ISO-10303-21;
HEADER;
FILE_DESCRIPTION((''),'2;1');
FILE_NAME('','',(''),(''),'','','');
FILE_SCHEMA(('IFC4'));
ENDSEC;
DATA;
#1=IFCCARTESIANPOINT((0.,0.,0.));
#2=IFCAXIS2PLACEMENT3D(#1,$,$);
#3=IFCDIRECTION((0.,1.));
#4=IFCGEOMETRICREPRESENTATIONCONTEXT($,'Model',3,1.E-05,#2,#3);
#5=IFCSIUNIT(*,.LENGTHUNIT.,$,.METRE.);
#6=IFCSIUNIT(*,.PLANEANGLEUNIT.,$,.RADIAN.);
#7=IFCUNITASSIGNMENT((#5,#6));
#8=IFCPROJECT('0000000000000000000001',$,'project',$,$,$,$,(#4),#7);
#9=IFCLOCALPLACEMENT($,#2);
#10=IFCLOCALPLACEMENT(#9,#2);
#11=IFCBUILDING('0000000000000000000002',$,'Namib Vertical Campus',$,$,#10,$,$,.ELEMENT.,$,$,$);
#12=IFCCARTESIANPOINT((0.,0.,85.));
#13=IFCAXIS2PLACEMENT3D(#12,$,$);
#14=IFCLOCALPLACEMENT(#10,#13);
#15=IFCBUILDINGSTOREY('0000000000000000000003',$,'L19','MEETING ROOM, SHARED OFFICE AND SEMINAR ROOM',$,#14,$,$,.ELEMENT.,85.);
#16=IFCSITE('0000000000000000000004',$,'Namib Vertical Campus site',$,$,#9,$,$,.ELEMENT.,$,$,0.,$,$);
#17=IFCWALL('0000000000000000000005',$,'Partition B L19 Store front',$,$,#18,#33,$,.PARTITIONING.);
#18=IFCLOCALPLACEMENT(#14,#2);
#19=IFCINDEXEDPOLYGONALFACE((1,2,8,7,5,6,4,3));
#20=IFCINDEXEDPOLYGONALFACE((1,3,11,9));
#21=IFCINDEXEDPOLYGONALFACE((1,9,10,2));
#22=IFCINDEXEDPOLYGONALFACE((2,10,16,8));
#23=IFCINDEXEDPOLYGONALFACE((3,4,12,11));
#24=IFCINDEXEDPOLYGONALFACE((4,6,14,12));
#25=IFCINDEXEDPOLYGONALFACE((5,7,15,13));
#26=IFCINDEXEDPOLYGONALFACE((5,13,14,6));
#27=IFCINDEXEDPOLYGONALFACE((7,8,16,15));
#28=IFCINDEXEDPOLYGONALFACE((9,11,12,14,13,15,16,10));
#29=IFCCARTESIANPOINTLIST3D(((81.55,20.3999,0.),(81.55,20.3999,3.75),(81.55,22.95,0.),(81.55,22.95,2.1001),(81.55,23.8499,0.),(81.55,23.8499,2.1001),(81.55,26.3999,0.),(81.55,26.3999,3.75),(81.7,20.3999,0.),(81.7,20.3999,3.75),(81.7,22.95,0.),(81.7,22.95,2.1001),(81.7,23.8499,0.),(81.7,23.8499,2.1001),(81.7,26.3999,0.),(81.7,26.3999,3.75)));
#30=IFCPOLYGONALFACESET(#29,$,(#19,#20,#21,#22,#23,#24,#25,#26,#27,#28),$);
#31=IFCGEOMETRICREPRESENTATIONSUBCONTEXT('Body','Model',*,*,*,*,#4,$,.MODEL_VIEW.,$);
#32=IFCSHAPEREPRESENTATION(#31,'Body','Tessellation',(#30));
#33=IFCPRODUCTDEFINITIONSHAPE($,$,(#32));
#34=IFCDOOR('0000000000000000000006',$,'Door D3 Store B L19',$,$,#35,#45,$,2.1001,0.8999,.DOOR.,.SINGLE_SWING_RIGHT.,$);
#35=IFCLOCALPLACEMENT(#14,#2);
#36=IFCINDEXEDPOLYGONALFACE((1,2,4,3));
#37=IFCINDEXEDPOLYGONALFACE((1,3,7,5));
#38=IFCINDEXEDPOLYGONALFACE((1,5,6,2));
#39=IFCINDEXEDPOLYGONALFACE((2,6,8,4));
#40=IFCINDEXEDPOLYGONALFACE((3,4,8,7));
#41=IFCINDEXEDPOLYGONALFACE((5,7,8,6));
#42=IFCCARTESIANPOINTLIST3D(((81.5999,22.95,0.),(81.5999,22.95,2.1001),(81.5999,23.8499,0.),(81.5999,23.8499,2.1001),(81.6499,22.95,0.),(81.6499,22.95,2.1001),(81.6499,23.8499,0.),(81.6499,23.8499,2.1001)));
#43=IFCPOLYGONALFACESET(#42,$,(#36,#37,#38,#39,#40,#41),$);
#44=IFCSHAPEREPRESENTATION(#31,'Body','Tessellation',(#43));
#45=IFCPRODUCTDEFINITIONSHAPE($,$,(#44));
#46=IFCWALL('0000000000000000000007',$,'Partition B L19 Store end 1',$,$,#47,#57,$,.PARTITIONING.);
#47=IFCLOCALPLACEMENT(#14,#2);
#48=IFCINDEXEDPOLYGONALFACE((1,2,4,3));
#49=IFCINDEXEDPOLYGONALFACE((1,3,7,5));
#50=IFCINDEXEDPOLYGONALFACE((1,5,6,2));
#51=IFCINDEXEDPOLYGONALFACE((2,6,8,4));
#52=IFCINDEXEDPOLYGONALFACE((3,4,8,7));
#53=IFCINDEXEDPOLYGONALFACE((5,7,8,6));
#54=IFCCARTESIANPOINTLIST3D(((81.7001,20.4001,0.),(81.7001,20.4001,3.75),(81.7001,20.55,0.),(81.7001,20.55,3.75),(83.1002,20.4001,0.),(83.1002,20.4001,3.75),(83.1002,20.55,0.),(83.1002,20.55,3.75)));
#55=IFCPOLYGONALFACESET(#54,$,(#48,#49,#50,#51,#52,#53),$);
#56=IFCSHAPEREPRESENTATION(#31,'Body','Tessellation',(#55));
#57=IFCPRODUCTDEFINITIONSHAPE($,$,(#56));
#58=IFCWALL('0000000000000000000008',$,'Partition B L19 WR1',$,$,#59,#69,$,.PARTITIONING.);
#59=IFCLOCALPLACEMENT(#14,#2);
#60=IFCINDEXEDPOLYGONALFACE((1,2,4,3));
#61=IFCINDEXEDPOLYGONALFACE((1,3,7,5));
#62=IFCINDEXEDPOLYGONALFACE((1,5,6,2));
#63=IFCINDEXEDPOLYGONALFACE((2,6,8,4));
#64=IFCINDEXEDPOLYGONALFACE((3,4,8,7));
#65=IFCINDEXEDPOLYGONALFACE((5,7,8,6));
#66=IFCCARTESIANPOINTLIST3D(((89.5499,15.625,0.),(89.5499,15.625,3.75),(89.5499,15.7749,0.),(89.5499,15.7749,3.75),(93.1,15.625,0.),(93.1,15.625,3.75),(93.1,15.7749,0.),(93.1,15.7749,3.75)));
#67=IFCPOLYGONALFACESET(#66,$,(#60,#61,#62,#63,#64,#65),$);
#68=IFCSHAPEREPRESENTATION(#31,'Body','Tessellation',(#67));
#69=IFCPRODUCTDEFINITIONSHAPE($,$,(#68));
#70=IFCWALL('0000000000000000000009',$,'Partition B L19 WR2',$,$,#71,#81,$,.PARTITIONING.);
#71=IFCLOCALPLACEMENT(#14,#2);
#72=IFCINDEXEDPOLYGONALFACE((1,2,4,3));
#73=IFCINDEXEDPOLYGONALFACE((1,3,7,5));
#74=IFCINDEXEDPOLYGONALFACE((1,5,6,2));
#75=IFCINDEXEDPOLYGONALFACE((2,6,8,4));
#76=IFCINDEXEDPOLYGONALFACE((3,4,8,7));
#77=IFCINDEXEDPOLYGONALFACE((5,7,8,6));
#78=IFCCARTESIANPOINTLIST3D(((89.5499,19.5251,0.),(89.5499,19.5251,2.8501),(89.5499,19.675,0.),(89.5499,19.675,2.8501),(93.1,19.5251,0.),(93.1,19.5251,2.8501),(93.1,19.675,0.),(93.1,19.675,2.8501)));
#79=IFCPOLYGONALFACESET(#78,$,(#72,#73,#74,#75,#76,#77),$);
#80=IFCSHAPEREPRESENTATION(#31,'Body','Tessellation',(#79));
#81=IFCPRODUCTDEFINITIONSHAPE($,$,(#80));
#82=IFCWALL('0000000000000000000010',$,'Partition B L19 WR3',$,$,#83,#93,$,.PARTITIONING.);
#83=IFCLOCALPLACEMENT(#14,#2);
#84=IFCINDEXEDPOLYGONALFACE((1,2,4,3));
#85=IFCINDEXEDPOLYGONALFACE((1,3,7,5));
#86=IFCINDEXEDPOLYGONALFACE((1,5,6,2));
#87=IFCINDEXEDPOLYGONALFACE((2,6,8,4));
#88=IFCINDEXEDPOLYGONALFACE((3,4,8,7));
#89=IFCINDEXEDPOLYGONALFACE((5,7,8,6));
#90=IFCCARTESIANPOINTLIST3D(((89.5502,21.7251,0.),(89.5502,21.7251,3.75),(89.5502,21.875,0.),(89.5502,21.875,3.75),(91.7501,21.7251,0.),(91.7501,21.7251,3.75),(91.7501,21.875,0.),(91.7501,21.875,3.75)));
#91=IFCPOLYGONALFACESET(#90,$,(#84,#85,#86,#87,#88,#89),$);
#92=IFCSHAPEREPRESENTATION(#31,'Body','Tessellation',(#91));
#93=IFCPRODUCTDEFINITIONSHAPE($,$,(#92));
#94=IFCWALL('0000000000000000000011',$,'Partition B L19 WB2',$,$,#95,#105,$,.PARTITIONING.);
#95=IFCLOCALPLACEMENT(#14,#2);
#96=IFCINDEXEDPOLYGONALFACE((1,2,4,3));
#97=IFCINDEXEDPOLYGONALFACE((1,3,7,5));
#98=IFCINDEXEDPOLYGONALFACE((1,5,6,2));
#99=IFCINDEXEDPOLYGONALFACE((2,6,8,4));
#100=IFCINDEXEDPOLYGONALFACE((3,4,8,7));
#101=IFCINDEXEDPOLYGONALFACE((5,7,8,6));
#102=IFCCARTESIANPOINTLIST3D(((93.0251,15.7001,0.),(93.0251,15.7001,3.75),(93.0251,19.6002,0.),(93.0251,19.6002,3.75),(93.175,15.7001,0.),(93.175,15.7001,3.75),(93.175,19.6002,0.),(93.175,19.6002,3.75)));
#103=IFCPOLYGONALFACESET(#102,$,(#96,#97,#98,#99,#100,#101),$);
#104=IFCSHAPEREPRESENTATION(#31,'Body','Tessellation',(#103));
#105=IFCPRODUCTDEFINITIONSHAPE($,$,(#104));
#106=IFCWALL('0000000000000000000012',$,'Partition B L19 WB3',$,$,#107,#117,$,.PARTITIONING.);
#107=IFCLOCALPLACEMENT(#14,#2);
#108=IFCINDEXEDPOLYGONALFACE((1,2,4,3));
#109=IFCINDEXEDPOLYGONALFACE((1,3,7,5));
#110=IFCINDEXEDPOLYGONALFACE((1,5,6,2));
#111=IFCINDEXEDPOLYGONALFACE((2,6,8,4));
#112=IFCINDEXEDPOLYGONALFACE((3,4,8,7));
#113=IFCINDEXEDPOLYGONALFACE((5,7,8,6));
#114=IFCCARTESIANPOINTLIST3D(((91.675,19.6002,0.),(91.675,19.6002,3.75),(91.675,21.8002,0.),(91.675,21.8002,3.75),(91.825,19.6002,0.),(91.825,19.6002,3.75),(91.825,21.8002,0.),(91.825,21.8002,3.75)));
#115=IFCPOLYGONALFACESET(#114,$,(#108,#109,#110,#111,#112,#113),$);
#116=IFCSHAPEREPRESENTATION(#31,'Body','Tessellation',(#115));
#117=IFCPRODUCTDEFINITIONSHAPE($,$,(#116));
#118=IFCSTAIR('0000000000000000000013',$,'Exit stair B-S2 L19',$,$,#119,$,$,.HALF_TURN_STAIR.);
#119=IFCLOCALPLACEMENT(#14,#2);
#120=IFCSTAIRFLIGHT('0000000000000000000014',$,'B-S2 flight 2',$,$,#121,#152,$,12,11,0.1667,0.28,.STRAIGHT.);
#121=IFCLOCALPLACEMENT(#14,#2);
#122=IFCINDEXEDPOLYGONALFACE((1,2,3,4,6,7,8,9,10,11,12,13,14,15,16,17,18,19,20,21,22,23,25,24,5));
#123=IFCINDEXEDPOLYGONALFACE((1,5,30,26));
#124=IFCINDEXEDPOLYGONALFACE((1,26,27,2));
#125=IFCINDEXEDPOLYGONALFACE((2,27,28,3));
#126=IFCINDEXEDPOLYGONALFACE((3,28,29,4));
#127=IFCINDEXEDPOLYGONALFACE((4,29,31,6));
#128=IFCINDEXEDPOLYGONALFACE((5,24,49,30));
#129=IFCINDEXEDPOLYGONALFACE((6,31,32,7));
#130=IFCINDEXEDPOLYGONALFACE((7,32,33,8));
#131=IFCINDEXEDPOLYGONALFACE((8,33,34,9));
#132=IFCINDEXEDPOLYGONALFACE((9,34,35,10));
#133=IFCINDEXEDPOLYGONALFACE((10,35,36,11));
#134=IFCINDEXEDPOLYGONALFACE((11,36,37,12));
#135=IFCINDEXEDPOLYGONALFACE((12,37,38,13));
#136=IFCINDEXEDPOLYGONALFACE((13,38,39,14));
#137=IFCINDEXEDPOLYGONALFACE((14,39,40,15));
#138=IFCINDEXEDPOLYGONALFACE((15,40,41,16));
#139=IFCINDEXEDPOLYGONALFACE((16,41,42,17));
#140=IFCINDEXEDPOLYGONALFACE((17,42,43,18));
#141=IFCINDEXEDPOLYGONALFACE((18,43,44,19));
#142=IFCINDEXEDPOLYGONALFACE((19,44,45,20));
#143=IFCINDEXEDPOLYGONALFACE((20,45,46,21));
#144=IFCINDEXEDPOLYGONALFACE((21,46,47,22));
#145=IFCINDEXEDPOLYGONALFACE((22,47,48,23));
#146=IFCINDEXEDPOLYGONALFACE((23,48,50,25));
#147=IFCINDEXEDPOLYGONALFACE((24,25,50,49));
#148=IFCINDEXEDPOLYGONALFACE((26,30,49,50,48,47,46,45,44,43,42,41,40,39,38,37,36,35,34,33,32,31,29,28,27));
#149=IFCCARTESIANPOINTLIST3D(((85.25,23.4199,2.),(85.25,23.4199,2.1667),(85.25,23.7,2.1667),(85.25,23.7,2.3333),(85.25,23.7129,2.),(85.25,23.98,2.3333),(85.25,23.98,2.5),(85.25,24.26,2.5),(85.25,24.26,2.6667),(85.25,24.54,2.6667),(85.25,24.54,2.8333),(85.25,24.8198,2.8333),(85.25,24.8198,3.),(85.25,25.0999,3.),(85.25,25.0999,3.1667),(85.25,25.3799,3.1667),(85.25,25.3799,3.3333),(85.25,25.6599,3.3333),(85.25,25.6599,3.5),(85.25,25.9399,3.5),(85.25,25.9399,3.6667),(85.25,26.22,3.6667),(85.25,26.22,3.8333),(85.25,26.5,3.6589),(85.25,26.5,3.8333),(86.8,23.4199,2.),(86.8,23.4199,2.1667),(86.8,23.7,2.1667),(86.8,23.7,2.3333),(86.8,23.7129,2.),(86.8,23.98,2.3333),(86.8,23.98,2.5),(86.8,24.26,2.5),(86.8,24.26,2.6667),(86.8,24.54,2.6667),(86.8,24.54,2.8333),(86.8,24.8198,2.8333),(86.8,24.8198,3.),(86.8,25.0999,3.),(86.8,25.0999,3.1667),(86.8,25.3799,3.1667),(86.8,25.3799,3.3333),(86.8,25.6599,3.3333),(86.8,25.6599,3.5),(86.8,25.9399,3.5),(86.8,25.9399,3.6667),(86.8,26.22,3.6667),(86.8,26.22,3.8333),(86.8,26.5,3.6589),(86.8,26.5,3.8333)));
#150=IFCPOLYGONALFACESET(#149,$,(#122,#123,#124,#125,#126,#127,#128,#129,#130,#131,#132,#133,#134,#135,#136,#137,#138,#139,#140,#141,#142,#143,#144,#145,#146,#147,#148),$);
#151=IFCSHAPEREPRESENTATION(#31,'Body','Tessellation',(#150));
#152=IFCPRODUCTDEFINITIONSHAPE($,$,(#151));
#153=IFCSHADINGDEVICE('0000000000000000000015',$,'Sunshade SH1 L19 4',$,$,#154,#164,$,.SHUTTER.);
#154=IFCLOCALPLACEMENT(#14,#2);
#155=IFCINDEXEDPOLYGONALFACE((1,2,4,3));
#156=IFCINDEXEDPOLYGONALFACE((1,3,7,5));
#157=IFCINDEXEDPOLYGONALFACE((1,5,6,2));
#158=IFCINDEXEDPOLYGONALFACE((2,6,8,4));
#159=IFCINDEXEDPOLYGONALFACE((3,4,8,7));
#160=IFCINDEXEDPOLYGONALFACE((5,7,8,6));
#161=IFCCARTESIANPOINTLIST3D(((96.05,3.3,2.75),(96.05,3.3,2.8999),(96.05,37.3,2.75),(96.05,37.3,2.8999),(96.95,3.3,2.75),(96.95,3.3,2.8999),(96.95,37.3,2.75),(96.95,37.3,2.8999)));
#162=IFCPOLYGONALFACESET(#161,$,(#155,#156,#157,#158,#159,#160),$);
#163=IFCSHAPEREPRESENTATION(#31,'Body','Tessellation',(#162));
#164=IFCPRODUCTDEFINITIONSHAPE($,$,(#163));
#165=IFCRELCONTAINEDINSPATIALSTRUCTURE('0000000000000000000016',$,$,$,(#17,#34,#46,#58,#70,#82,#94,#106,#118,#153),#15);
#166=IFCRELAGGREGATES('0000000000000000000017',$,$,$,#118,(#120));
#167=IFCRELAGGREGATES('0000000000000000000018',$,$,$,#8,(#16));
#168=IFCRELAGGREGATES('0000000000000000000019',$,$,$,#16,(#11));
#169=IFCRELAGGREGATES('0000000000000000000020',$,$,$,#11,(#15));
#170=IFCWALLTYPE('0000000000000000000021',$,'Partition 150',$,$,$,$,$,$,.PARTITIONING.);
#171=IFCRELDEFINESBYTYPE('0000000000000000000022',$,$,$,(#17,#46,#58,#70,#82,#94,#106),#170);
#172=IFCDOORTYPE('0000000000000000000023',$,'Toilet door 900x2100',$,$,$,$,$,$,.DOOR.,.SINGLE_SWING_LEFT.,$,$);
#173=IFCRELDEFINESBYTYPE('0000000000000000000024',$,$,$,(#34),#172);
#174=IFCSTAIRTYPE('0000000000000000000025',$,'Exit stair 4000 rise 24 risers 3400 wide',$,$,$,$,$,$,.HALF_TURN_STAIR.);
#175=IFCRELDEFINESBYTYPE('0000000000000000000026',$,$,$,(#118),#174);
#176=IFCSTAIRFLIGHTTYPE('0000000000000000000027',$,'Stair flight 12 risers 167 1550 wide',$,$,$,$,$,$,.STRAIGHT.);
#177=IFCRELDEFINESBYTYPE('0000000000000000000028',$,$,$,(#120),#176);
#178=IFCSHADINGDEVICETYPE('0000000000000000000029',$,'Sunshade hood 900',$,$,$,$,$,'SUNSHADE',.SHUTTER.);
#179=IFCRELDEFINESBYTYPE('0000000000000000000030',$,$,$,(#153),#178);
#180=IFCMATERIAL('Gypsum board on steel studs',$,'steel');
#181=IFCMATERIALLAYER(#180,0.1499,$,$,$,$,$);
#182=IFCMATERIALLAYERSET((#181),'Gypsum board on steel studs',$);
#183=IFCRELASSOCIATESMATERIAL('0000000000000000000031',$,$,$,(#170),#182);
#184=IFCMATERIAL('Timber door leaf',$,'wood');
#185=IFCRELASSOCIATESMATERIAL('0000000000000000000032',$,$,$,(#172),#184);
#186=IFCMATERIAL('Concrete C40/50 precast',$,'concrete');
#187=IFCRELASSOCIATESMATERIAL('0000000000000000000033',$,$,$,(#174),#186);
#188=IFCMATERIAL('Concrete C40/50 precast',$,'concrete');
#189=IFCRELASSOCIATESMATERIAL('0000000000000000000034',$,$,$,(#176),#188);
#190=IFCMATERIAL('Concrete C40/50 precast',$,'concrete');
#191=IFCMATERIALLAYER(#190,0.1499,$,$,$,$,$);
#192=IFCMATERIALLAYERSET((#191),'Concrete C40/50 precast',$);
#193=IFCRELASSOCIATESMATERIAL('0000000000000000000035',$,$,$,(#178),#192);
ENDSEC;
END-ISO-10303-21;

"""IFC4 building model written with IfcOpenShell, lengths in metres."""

from ifc_helpers import new_model, si_unit, direction, frame, frame_2d, origin, origin_2d, place, context, subcontext, project, spatial, polyline, rectangle, outline, extrude, material, layer, layer_set, type_object, element, fill, aggregate, save


model = new_model("IFC4")

# Units and contexts
model_context = context("Model", 3, precision=1e-05, world=origin(), true_north=direction((0.0, 1.0)))
body_context = subcontext(model_context, "Body", "Model", "MODEL_VIEW")
ifc_project = project(units=[si_unit("LENGTHUNIT", "METRE"), si_unit("PLANEANGLEUNIT", "RADIAN")], contexts=[model_context])

# Site, building, storey
site_placement = place(None, origin())
site = spatial("IfcSite", under=ifc_project, at=site_placement, Name="Namib Vertical Campus site", CompositionType="ELEMENT", RefElevation=0.0)
building_placement = place(site_placement, origin())
building = spatial("IfcBuilding", under=site, at=building_placement, Name="Namib Vertical Campus", CompositionType="ELEMENT")
storey_placement = place(building_placement, frame((0.0, 0.0, 85.0)))
storey = spatial("IfcBuildingStorey", under=building, at=storey_placement, Name="L19", Description="MEETING ROOM, SHARED OFFICE AND SEMINAR ROOM", CompositionType="ELEMENT", Elevation=85.0)

# Wall, opening, door
ifc_material_1 = material(Name="Gypsum board on steel studs", Category="steel")
ifc_layer_1 = layer(ifc_material_1, 0.1499)
ifc_layer_set_1 = layer_set([ifc_layer_1], Name="Gypsum board on steel studs")
wall_type_1 = type_object("IfcWallType", Name="Partition 150", PredefinedType="PARTITIONING", material=ifc_layer_set_1)
wall_1_placement = place(storey_placement, frame((81.625, 20.3999, 0.0), z_axis=(0.0, 0.0, 1.0), x_axis=(0.0, 1.0, 0.0)))
wall_1 = element("IfcWall", 1, at=wall_1_placement, inside=storey, type_object=wall_type_1, Name="Partition B L19 Store front", PredefinedType="PARTITIONING", context=body_context, shape_type="SweptSolid", body=[
    extrude(rectangle(XDim=6.0, YDim=0.1499, at=frame_2d((3.0, 0.0))), origin(), (0.0, 0.0, 1.0), 3.75),
])
opening_1_placement = place(wall_1_placement, frame((2.55, 0.0, 0.0)))
opening_1 = element("IfcOpeningElement", 2, at=opening_1_placement, cuts=wall_1, PredefinedType="OPENING", context=body_context, shape_type="SweptSolid", body=[
    extrude(rectangle(XDim=0.8999, YDim=2.1001, at=frame_2d((0.45, 1.05))), frame((0.0, 0.085, 0.0), z_axis=(0.0, -1.0, 0.0), x_axis=(1.0, 0.0, 0.0)), (0.0, 0.0, 1.0), 0.1699),
])
ifc_material_2 = material(Name="Timber door leaf", Category="wood")
door_type_1 = type_object("IfcDoorType", Name="Toilet door 900x2100", OperationType="SINGLE_SWING_LEFT", PredefinedType="DOOR", material=ifc_material_2)
door_1_placement = place(opening_1_placement, frame((0.8999, 0.0, 0.0), z_axis=(0.0, 0.0, 1.0), x_axis=(-1.0, 0.0, 0.0)))
door_1 = element("IfcDoor", 3, at=door_1_placement, inside=storey, type_object=door_type_1, Name="Door D3 Store B L19", OperationType="SINGLE_SWING_RIGHT", OverallHeight=2.1001, OverallWidth=0.8999, PredefinedType="DOOR", context=body_context, shape_type="SweptSolid", body=[
    extrude(rectangle(XDim=0.8999, YDim=2.1001, at=frame_2d((0.45, 1.05))), frame((0.0, 0.0249, 0.0), z_axis=(0.0, -1.0, 0.0), x_axis=(1.0, 0.0, 0.0)), (0.0, 0.0, 1.0), 0.05),
])
fill(opening_1, door_1)

# Walls
wall_2_placement = place(storey_placement, frame((81.7, 20.4751, 0.0), z_axis=(0.0, 0.0, 1.0), x_axis=(1.0, 0.0, 0.0)))
element("IfcWall", 4, at=wall_2_placement, inside=storey, type_object=wall_type_1, Name="Partition B L19 Store end 1", PredefinedType="PARTITIONING", context=body_context, shape_type="SweptSolid", body=[
    extrude(rectangle(XDim=1.4001, YDim=0.1499, at=frame_2d((0.7002, 0.0))), origin(), (0.0, 0.0, 1.0), 3.75),
])
wall_3_placement = place(storey_placement, frame((89.55, 15.7, 0.0), z_axis=(0.0, 0.0, 1.0), x_axis=(1.0, 0.0, 0.0)))
element("IfcWall", 5, at=wall_3_placement, inside=storey, type_object=wall_type_1, Name="Partition B L19 WR1", PredefinedType="PARTITIONING", context=body_context, shape_type="SweptSolid", body=[
    extrude(rectangle(XDim=3.55, YDim=0.1499, at=frame_2d((1.7749, 0.0))), origin(), (0.0, 0.0, 1.0), 3.75),
])
wall_4_placement = place(storey_placement, frame((89.55, 19.6001, 0.0), z_axis=(0.0, 0.0, 1.0), x_axis=(1.0, 0.0, 0.0)))
element("IfcWall", 6, at=wall_4_placement, inside=storey, type_object=wall_type_1, Name="Partition B L19 WR2", PredefinedType="PARTITIONING", context=body_context, shape_type="SweptSolid", body=[
    extrude(rectangle(XDim=3.55, YDim=0.1499, at=frame_2d((1.7749, 0.0))), origin(), (0.0, 0.0, 1.0), 2.8501),
])
wall_5_placement = place(storey_placement, frame((89.55, 21.8, 0.0), z_axis=(0.0, 0.0, 1.0), x_axis=(1.0, 0.0, 0.0)))
element("IfcWall", 7, at=wall_5_placement, inside=storey, type_object=wall_type_1, Name="Partition B L19 WR3", PredefinedType="PARTITIONING", context=body_context, shape_type="SweptSolid", body=[
    extrude(rectangle(XDim=2.2, YDim=0.1499, at=frame_2d((1.1001, 0.0))), origin(), (0.0, 0.0, 1.0), 3.75),
])
wall_6_placement = place(storey_placement, frame((93.1001, 15.7, 0.0), z_axis=(0.0, 0.0, 1.0), x_axis=(0.0, 1.0, 0.0)))
element("IfcWall", 8, at=wall_6_placement, inside=storey, type_object=wall_type_1, Name="Partition B L19 WB2", PredefinedType="PARTITIONING", context=body_context, shape_type="SweptSolid", body=[
    extrude(rectangle(XDim=3.9001, YDim=0.1499, at=frame_2d((1.9502, 0.0))), origin(), (0.0, 0.0, 1.0), 3.75),
])
wall_7_placement = place(storey_placement, frame((91.75, 19.6001, 0.0), z_axis=(0.0, 0.0, 1.0), x_axis=(0.0, 1.0, 0.0)))
element("IfcWall", 9, at=wall_7_placement, inside=storey, type_object=wall_type_1, Name="Partition B L19 WB3", PredefinedType="PARTITIONING", context=body_context, shape_type="SweptSolid", body=[
    extrude(rectangle(XDim=2.2, YDim=0.1499, at=frame_2d((1.1001, 0.0))), origin(), (0.0, 0.0, 1.0), 3.75),
])

# Stair, stair flight
ifc_material_3 = material(Name="Concrete C40/50 precast", Category="concrete")
stair_type = type_object("IfcStairType", Name="Exit stair 4000 rise 24 risers 3400 wide", PredefinedType="HALF_TURN_STAIR", material=ifc_material_3)
stair_placement = place(storey_placement, origin())
stair = element("IfcStair", 10, at=stair_placement, inside=storey, type_object=stair_type, Name="Exit stair B-S2 L19", PredefinedType="HALF_TURN_STAIR")
ifc_material_4 = material(Name="Concrete C40/50 precast", Category="concrete")
stair_flight_type = type_object("IfcStairFlightType", Name="Stair flight 12 risers 167 1550 wide", PredefinedType="STRAIGHT", material=ifc_material_4)
stair_flight_placement = place(storey_placement, frame((86.0249, 23.4199, 2.0), z_axis=(0.0, 0.0, 1.0), x_axis=(0.0, 1.0, 0.0)))
stair_flight = element("IfcStairFlight", 11, at=stair_flight_placement, type_object=stair_flight_type, Name="B-S2 flight 2", NumberOfRisers=12, NumberOfTreads=11, PredefinedType="STRAIGHT", RiserHeight=0.1667, TreadLength=0.28, context=body_context, shape_type="SweptSolid", body=[
    extrude(outline(polyline([(0.0, 0.0), (0.0, 0.1667), (0.28, 0.1667), (0.28, 0.3333), (0.5601, 0.3333), (0.5601, 0.5), (0.8401, 0.5), (0.8401, 0.6667), (1.1201, 0.6667), (1.1201, 0.8333), (1.3999, 0.8333), (1.3999, 1.0), (1.6799, 1.0), (1.6799, 1.1667), (1.96, 1.1667), (1.96, 1.3333), (2.24, 1.3333), (2.24, 1.5), (2.52, 1.5), (2.52, 1.6667), (2.8, 1.6667), (2.8, 1.8333), (3.0801, 1.8333), (3.0801, 2.0), (3.0801, 1.6589), (0.293, 0.0), (0.0, 0.0)])), frame((0.0, 0.7749, 0.0), z_axis=(0.0, -1.0, 0.0), x_axis=(1.0, 0.0, 0.0)), (0.0, 0.0, 1.0), 1.55),
])
aggregate(stair, [stair_flight])

# Shading device
ifc_material_5 = material(Name="Concrete C40/50 precast", Category="concrete")
ifc_layer_2 = layer(ifc_material_5, 0.1499)
ifc_layer_set_2 = layer_set([ifc_layer_2], Name="Concrete C40/50 precast")
shading_device_type = type_object("IfcShadingDeviceType", Name="Sunshade hood 900", ElementType="SUNSHADE", PredefinedType="SHUTTER", material=ifc_layer_set_2)
shading_device_placement = place(storey_placement, frame((96.5, 20.3, 2.75), z_axis=(0.0, 0.0, 1.0), x_axis=(0.0, 1.0, 0.0)))
element("IfcShadingDevice", 12, at=shading_device_placement, inside=storey, type_object=shading_device_type, Name="Sunshade SH1 L19 4", PredefinedType="SHUTTER", context=body_context, shape_type="SweptSolid", body=[
    extrude(rectangle(XDim=34.0, YDim=0.8999, at=origin_2d()), origin(), (0.0, 0.0, 1.0), 0.1499),
])

save(model, "model.ifc")
